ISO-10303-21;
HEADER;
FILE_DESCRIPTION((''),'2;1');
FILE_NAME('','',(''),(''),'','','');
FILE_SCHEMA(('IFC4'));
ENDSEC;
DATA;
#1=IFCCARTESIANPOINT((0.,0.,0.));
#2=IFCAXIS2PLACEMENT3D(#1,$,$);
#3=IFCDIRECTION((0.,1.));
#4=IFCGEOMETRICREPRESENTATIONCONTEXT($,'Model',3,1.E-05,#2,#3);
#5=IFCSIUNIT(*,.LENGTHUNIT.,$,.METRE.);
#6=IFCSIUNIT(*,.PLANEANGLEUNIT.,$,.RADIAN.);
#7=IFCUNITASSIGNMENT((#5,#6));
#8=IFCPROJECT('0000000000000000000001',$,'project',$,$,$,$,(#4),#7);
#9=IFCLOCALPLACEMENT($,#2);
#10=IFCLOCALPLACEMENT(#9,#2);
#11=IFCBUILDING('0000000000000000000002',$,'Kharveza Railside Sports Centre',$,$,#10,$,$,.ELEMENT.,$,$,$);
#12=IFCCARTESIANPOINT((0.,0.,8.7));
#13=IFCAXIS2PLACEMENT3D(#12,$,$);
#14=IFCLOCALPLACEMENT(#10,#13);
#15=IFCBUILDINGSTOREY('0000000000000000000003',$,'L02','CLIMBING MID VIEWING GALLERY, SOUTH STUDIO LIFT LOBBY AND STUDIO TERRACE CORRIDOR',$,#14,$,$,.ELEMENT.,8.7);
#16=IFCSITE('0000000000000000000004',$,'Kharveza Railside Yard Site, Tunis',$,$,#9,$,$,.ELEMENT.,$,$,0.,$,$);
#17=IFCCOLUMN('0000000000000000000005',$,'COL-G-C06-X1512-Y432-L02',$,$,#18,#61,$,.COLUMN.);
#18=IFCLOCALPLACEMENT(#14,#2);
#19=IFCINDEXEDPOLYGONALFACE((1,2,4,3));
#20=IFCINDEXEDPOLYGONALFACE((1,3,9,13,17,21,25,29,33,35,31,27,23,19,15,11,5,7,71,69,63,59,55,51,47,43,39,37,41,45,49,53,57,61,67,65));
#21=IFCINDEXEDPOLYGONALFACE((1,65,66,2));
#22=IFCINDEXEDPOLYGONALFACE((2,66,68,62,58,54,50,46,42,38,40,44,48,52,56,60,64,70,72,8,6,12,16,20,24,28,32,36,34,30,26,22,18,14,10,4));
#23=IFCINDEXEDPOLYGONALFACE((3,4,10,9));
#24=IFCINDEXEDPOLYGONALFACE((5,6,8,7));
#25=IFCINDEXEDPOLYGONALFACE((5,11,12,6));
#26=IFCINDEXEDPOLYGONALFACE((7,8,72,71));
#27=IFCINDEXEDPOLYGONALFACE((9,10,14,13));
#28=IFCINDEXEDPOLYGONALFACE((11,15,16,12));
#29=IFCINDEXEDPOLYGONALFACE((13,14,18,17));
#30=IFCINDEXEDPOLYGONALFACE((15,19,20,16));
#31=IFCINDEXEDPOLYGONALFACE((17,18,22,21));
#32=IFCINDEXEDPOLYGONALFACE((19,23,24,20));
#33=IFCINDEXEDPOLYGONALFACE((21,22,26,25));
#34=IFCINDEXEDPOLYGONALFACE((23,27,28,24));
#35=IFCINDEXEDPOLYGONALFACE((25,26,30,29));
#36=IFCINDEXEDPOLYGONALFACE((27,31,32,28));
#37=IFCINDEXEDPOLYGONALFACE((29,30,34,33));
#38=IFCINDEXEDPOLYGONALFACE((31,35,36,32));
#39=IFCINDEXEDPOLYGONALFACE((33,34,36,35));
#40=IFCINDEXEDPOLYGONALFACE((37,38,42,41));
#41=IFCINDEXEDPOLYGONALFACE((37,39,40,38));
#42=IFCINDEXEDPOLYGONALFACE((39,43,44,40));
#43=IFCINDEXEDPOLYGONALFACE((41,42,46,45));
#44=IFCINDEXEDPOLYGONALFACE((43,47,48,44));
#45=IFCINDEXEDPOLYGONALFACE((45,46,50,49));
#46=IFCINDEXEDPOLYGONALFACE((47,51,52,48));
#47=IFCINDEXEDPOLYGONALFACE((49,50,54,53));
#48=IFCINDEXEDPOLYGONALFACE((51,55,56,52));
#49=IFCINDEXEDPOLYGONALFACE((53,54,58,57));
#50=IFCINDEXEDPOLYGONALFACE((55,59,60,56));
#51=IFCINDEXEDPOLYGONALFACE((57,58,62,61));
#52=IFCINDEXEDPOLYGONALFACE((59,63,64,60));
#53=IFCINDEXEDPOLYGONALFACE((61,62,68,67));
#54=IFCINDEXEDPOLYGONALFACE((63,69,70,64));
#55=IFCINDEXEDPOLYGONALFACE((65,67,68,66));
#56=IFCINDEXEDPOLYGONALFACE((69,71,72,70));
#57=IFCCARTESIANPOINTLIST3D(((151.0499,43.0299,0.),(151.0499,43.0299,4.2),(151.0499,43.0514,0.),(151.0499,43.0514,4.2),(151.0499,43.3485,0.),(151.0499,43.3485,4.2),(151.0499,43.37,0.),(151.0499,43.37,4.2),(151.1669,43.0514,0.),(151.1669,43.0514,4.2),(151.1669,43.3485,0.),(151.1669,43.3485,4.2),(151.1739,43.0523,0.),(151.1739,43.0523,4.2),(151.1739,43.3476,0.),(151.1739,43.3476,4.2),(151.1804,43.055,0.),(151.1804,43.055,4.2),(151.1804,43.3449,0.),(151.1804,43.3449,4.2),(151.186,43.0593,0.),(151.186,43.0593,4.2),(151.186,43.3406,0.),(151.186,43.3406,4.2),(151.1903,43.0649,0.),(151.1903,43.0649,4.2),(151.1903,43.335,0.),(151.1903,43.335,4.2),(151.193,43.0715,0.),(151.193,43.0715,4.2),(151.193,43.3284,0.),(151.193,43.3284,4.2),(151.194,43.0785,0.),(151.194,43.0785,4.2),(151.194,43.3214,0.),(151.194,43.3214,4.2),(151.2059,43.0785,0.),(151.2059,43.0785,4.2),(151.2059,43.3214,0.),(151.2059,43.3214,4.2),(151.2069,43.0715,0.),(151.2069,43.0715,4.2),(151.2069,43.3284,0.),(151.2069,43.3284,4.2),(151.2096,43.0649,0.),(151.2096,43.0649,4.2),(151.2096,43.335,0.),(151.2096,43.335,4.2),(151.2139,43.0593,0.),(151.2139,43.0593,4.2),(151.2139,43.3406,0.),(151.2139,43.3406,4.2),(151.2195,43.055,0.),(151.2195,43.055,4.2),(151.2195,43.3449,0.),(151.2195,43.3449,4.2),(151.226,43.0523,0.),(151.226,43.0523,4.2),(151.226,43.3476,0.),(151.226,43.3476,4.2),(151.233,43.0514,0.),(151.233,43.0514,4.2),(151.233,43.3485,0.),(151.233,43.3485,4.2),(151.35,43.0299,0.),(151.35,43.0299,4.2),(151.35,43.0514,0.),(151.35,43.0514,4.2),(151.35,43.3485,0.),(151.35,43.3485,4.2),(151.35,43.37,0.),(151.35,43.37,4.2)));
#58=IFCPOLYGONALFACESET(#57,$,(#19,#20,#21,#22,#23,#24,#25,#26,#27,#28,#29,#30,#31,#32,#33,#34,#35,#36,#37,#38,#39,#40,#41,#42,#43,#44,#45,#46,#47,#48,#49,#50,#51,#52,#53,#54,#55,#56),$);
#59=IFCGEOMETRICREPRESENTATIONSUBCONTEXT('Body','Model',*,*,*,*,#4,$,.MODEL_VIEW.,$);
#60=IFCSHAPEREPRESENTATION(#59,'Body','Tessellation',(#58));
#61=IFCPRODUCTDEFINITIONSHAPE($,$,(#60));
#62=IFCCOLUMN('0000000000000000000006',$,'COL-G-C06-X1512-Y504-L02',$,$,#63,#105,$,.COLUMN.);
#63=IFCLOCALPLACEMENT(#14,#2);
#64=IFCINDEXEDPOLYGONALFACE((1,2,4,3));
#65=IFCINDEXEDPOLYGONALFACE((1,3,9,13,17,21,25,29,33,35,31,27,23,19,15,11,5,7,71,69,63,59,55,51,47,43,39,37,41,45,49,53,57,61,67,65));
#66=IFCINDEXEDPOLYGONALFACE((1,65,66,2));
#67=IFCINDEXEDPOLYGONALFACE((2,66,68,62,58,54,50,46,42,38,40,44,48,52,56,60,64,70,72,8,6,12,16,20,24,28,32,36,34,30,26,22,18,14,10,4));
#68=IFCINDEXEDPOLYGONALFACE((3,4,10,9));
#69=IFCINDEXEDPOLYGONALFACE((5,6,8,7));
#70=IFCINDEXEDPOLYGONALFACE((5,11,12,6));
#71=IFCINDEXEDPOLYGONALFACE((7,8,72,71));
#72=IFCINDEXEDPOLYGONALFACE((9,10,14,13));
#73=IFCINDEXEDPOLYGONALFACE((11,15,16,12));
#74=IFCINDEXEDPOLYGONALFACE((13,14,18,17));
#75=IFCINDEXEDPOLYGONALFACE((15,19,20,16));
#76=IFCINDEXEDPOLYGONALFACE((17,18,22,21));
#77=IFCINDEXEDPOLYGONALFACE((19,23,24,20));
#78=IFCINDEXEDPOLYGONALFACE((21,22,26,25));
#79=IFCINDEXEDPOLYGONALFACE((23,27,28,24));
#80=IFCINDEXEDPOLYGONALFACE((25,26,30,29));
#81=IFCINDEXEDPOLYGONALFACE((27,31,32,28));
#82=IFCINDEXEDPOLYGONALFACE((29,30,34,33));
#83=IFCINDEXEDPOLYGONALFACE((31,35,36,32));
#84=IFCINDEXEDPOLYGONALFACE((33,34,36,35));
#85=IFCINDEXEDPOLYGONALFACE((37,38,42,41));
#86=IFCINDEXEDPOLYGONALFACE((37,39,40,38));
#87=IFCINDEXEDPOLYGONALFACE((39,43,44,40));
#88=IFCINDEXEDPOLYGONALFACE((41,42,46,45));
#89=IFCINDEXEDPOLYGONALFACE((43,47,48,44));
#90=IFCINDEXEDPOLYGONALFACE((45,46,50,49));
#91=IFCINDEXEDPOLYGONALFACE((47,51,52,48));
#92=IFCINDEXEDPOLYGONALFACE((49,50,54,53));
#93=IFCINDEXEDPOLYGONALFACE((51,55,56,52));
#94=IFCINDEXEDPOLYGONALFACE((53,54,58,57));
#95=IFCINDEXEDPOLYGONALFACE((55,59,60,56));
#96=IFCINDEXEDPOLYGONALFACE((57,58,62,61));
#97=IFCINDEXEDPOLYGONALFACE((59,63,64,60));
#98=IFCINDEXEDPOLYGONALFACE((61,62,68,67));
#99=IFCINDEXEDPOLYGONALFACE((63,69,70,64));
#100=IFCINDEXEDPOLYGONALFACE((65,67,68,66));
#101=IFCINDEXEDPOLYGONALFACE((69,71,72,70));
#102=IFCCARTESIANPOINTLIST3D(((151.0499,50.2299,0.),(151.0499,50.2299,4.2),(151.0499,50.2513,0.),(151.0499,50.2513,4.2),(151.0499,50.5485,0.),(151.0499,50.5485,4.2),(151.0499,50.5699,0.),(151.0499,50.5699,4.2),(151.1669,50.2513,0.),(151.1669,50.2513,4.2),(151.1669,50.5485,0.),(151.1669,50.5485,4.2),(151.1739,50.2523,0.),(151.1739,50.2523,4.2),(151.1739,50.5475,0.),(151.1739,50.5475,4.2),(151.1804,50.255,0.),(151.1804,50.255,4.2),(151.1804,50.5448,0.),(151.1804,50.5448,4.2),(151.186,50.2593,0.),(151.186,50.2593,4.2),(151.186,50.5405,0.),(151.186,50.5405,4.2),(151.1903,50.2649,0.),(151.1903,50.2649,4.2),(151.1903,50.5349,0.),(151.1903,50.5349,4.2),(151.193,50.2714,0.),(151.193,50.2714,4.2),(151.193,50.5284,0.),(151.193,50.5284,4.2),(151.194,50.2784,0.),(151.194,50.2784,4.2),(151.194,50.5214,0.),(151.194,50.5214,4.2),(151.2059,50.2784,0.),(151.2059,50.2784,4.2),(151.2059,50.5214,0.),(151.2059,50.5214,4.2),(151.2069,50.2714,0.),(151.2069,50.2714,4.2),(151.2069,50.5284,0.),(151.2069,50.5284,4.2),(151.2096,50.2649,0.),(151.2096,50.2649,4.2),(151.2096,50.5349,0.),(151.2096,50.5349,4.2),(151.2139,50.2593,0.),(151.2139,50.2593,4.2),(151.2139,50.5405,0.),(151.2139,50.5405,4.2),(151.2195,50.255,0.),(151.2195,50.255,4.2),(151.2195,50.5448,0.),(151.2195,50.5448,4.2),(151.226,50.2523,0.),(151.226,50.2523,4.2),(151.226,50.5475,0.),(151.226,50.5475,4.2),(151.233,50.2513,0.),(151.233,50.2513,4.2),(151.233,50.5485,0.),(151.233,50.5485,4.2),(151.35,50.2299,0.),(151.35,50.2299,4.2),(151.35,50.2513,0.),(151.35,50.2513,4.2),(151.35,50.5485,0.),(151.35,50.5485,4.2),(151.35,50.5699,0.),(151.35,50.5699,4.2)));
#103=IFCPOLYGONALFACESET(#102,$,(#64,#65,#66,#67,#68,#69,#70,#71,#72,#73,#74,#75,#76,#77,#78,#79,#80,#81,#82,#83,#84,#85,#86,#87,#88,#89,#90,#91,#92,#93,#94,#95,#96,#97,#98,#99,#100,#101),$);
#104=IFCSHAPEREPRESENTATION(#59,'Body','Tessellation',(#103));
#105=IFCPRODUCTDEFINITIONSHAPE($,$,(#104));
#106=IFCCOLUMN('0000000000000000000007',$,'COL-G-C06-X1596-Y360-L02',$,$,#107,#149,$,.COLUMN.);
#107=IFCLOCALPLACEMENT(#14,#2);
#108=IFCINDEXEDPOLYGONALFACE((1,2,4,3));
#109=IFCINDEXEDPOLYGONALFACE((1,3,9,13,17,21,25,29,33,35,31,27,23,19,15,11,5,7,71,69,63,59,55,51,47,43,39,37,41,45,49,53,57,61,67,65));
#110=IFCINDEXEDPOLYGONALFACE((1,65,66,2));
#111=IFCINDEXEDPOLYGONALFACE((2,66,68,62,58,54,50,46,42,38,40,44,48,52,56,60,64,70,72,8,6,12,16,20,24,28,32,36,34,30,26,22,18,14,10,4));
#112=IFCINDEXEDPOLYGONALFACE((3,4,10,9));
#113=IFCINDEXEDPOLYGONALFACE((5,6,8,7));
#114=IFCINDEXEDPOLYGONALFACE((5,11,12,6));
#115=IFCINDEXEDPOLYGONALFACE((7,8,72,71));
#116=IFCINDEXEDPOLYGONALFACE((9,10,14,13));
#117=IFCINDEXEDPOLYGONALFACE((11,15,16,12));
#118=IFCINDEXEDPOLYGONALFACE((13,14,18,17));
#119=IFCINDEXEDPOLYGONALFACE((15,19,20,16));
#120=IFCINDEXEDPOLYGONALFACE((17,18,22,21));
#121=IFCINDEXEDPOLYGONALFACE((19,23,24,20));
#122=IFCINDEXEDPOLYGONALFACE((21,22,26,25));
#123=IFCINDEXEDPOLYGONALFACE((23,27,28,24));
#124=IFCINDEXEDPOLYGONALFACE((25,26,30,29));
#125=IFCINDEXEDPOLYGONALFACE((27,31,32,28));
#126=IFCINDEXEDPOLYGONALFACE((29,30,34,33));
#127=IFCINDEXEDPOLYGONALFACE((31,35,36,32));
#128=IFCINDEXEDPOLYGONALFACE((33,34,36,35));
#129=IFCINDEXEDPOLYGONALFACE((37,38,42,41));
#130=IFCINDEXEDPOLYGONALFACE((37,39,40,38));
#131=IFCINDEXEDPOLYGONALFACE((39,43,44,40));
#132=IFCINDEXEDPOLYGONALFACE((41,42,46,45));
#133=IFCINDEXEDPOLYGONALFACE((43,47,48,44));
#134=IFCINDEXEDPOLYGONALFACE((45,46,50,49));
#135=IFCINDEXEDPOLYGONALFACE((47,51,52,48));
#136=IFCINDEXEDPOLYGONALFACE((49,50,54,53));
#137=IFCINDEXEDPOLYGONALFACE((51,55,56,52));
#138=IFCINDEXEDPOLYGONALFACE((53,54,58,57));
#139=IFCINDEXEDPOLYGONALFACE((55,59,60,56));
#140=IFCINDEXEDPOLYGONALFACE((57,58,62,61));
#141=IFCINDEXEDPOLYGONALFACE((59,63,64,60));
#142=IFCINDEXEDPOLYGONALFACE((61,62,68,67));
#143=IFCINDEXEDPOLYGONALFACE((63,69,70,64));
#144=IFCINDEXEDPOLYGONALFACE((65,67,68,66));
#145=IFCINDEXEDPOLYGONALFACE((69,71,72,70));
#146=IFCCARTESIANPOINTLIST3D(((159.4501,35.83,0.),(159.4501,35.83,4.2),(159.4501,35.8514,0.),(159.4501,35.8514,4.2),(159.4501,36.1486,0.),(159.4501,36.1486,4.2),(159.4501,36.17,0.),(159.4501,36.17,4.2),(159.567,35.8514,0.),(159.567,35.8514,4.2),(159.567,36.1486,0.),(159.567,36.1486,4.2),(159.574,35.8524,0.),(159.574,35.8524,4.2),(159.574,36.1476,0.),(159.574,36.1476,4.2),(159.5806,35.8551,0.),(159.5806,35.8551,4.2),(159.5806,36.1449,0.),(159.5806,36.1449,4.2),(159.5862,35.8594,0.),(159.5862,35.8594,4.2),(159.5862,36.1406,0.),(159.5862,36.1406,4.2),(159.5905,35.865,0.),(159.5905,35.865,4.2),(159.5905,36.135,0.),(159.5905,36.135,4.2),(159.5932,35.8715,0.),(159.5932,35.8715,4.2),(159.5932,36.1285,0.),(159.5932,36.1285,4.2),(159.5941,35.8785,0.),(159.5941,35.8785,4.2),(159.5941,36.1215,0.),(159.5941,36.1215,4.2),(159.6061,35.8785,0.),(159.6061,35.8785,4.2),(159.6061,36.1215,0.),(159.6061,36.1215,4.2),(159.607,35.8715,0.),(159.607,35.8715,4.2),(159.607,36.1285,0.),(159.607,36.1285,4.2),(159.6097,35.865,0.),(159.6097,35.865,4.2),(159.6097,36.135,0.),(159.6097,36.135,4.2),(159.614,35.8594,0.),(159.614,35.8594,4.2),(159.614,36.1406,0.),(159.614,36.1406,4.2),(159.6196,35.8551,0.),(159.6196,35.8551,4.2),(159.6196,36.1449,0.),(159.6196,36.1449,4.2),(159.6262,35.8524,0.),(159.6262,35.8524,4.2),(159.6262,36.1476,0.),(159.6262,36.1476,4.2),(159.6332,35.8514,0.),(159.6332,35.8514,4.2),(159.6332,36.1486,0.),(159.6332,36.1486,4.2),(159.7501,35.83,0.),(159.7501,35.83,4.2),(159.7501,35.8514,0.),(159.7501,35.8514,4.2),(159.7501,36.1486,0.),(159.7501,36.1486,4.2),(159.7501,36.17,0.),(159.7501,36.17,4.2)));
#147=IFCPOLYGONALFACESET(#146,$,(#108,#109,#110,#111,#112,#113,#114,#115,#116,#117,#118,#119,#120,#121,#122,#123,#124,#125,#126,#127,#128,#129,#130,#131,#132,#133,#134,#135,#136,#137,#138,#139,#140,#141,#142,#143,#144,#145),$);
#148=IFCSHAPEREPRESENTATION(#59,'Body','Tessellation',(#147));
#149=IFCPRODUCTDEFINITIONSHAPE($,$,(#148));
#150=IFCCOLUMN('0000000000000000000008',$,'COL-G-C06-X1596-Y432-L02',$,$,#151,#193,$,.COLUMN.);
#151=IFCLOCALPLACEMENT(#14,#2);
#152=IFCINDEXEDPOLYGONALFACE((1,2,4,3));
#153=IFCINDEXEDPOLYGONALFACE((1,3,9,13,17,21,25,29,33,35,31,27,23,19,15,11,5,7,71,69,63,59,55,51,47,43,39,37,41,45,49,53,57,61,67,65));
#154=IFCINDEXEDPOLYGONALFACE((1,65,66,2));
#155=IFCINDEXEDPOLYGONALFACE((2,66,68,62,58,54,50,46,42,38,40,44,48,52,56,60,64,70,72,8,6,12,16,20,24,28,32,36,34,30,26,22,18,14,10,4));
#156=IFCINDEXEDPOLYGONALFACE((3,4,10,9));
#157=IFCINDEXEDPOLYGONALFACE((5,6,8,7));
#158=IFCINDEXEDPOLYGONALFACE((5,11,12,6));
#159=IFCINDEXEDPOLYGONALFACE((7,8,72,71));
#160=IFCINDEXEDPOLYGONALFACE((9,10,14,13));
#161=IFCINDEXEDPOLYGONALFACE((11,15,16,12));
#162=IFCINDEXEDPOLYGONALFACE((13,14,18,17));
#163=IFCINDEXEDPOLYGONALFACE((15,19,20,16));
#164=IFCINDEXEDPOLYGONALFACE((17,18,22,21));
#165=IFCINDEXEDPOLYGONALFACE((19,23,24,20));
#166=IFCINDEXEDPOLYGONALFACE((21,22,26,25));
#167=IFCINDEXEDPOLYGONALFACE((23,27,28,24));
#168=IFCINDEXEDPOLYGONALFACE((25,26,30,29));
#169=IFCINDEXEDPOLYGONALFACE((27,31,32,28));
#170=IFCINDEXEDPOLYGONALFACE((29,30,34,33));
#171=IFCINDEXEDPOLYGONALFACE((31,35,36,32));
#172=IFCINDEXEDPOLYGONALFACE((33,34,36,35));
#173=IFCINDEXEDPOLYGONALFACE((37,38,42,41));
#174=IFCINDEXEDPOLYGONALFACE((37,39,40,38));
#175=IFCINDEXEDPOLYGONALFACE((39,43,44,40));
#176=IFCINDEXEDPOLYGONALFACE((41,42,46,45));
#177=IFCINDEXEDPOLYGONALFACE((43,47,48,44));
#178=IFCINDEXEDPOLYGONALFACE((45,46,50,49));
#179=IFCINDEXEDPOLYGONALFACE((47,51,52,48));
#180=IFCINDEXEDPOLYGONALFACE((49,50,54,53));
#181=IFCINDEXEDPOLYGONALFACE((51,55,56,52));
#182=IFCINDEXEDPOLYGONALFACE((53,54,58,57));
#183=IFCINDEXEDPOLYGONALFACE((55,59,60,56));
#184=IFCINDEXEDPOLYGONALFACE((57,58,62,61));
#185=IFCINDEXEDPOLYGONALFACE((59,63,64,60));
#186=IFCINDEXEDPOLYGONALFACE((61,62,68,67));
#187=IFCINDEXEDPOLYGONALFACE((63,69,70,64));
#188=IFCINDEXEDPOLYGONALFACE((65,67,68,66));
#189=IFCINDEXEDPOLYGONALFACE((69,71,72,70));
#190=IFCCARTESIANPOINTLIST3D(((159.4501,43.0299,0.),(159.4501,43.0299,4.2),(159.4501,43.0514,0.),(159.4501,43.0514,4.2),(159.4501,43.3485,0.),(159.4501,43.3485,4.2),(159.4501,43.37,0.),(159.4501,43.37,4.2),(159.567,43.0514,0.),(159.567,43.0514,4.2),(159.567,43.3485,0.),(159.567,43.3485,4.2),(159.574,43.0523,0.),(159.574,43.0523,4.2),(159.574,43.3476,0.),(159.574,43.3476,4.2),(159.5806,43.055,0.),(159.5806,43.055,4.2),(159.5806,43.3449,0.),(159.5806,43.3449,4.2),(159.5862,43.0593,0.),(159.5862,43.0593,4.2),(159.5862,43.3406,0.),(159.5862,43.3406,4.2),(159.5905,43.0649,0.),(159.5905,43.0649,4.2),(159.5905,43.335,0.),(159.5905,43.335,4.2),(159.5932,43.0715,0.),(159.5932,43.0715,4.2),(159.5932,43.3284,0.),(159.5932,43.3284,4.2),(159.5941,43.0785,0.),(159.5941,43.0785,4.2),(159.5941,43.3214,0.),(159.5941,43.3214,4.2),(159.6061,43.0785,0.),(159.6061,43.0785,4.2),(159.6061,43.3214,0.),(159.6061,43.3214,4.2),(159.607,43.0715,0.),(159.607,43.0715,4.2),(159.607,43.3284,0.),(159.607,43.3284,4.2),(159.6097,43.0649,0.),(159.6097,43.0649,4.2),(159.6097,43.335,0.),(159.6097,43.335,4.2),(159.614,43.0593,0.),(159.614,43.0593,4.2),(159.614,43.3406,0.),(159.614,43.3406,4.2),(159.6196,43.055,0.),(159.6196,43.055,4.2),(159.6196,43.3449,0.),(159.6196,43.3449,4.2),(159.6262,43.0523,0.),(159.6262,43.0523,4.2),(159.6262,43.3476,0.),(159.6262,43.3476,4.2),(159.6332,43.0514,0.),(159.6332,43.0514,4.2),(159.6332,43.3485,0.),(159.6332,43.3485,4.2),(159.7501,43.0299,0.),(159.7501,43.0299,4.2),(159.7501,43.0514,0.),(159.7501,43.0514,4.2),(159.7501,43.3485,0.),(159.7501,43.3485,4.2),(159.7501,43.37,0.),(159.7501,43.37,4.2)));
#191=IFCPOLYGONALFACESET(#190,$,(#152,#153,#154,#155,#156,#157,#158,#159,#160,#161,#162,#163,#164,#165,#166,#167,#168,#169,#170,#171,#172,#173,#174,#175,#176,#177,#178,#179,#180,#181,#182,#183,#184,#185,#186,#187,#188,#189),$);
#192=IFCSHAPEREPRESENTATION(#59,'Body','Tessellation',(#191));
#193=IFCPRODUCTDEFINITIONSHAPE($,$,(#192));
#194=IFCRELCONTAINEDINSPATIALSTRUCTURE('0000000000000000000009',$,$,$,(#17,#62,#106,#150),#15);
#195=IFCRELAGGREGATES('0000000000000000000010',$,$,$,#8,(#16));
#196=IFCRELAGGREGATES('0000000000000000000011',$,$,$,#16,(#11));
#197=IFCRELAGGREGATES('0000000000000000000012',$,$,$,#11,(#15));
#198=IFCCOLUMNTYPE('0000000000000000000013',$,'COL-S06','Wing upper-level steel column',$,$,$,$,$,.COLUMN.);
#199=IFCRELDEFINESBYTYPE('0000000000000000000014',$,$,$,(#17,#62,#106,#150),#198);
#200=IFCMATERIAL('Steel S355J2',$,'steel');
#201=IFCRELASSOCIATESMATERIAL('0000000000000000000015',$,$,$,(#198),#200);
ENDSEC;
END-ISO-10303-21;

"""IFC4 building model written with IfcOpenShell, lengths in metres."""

from ifc_helpers import new_model, si_unit, direction, frame, origin, origin_2d, place, context, subcontext, project, spatial, i_section, extrude, material, material_profile, profile_set, type_object, element, save


model = new_model("IFC4")

# Units and contexts
model_context = context("Model", 3, precision=1e-05, world=origin(), true_north=direction((0.0, 1.0)))
body_context = subcontext(model_context, "Body", "Model", "MODEL_VIEW")
ifc_project = project(units=[si_unit("LENGTHUNIT", "METRE"), si_unit("PLANEANGLEUNIT", "RADIAN")], contexts=[model_context])

# Site, building, storey
site_placement = place(None, origin())
site = spatial("IfcSite", under=ifc_project, at=site_placement, Name="Kharveza Railside Yard Site, Tunis", CompositionType="ELEMENT", RefElevation=0.0)
building_placement = place(site_placement, origin())
building = spatial("IfcBuilding", under=site, at=building_placement, Name="Kharveza Railside Sports Centre", CompositionType="ELEMENT")
storey_placement = place(building_placement, frame((0.0, 0.0, 8.7)))
storey = spatial("IfcBuildingStorey", under=building, at=storey_placement, Name="L02", Description="CLIMBING MID VIEWING GALLERY, SOUTH STUDIO LIFT LOBBY AND STUDIO TERRACE CORRIDOR", CompositionType="ELEMENT", Elevation=8.7)

# Columns
ifc_material_1 = material(Name="Steel S355J2", Category="steel")
ifc_material_profile_1 = material_profile(ifc_material_1, i_section(OverallWidth=0.3, OverallDepth=0.3401, WebThickness=0.012, FlangeThickness=0.0215, FilletRadius=0.0271, at=origin_2d()), Name="HEB 340")
ifc_profile_set_1 = profile_set([ifc_material_profile_1], Name="Steel S355J2")
column_type = type_object("IfcColumnType", Name="COL-S06", Description="Wing upper-level steel column", PredefinedType="COLUMN", material=ifc_profile_set_1)
for number, where, z_axis, x_axis, name in (
    (1, (151.2, 43.2, 0.0), (0.0, 0.0, 1.0), (1.0, 0.0, 0.0), "COL-G-C06-X1512-Y432-L02"),
    (2, (151.2, 50.3999, 0.0), (0.0, 0.0, 1.0), (1.0, 0.0, 0.0), "COL-G-C06-X1512-Y504-L02"),
    (3, (159.6001, 36.0, 0.0), (0.0, 0.0, 1.0), (1.0, 0.0, 0.0), "COL-G-C06-X1596-Y360-L02"),
    (4, (159.6001, 43.2, 0.0), (0.0, 0.0, 1.0), (1.0, 0.0, 0.0), "COL-G-C06-X1596-Y432-L02"),
):
    element("IfcColumn", number, at=place(storey_placement, frame(where, z_axis=z_axis, x_axis=x_axis)), inside=storey, type_object=column_type, Name=name, PredefinedType="COLUMN", context=body_context, shape_type="SweptSolid", body=[
        extrude(i_section(OverallWidth=0.3, OverallDepth=0.3401, WebThickness=0.012, FlangeThickness=0.0215, FilletRadius=0.0271, at=origin_2d()), origin(), (0.0, 0.0, 1.0), 4.2),
    ])

save(model, "model.ifc")
